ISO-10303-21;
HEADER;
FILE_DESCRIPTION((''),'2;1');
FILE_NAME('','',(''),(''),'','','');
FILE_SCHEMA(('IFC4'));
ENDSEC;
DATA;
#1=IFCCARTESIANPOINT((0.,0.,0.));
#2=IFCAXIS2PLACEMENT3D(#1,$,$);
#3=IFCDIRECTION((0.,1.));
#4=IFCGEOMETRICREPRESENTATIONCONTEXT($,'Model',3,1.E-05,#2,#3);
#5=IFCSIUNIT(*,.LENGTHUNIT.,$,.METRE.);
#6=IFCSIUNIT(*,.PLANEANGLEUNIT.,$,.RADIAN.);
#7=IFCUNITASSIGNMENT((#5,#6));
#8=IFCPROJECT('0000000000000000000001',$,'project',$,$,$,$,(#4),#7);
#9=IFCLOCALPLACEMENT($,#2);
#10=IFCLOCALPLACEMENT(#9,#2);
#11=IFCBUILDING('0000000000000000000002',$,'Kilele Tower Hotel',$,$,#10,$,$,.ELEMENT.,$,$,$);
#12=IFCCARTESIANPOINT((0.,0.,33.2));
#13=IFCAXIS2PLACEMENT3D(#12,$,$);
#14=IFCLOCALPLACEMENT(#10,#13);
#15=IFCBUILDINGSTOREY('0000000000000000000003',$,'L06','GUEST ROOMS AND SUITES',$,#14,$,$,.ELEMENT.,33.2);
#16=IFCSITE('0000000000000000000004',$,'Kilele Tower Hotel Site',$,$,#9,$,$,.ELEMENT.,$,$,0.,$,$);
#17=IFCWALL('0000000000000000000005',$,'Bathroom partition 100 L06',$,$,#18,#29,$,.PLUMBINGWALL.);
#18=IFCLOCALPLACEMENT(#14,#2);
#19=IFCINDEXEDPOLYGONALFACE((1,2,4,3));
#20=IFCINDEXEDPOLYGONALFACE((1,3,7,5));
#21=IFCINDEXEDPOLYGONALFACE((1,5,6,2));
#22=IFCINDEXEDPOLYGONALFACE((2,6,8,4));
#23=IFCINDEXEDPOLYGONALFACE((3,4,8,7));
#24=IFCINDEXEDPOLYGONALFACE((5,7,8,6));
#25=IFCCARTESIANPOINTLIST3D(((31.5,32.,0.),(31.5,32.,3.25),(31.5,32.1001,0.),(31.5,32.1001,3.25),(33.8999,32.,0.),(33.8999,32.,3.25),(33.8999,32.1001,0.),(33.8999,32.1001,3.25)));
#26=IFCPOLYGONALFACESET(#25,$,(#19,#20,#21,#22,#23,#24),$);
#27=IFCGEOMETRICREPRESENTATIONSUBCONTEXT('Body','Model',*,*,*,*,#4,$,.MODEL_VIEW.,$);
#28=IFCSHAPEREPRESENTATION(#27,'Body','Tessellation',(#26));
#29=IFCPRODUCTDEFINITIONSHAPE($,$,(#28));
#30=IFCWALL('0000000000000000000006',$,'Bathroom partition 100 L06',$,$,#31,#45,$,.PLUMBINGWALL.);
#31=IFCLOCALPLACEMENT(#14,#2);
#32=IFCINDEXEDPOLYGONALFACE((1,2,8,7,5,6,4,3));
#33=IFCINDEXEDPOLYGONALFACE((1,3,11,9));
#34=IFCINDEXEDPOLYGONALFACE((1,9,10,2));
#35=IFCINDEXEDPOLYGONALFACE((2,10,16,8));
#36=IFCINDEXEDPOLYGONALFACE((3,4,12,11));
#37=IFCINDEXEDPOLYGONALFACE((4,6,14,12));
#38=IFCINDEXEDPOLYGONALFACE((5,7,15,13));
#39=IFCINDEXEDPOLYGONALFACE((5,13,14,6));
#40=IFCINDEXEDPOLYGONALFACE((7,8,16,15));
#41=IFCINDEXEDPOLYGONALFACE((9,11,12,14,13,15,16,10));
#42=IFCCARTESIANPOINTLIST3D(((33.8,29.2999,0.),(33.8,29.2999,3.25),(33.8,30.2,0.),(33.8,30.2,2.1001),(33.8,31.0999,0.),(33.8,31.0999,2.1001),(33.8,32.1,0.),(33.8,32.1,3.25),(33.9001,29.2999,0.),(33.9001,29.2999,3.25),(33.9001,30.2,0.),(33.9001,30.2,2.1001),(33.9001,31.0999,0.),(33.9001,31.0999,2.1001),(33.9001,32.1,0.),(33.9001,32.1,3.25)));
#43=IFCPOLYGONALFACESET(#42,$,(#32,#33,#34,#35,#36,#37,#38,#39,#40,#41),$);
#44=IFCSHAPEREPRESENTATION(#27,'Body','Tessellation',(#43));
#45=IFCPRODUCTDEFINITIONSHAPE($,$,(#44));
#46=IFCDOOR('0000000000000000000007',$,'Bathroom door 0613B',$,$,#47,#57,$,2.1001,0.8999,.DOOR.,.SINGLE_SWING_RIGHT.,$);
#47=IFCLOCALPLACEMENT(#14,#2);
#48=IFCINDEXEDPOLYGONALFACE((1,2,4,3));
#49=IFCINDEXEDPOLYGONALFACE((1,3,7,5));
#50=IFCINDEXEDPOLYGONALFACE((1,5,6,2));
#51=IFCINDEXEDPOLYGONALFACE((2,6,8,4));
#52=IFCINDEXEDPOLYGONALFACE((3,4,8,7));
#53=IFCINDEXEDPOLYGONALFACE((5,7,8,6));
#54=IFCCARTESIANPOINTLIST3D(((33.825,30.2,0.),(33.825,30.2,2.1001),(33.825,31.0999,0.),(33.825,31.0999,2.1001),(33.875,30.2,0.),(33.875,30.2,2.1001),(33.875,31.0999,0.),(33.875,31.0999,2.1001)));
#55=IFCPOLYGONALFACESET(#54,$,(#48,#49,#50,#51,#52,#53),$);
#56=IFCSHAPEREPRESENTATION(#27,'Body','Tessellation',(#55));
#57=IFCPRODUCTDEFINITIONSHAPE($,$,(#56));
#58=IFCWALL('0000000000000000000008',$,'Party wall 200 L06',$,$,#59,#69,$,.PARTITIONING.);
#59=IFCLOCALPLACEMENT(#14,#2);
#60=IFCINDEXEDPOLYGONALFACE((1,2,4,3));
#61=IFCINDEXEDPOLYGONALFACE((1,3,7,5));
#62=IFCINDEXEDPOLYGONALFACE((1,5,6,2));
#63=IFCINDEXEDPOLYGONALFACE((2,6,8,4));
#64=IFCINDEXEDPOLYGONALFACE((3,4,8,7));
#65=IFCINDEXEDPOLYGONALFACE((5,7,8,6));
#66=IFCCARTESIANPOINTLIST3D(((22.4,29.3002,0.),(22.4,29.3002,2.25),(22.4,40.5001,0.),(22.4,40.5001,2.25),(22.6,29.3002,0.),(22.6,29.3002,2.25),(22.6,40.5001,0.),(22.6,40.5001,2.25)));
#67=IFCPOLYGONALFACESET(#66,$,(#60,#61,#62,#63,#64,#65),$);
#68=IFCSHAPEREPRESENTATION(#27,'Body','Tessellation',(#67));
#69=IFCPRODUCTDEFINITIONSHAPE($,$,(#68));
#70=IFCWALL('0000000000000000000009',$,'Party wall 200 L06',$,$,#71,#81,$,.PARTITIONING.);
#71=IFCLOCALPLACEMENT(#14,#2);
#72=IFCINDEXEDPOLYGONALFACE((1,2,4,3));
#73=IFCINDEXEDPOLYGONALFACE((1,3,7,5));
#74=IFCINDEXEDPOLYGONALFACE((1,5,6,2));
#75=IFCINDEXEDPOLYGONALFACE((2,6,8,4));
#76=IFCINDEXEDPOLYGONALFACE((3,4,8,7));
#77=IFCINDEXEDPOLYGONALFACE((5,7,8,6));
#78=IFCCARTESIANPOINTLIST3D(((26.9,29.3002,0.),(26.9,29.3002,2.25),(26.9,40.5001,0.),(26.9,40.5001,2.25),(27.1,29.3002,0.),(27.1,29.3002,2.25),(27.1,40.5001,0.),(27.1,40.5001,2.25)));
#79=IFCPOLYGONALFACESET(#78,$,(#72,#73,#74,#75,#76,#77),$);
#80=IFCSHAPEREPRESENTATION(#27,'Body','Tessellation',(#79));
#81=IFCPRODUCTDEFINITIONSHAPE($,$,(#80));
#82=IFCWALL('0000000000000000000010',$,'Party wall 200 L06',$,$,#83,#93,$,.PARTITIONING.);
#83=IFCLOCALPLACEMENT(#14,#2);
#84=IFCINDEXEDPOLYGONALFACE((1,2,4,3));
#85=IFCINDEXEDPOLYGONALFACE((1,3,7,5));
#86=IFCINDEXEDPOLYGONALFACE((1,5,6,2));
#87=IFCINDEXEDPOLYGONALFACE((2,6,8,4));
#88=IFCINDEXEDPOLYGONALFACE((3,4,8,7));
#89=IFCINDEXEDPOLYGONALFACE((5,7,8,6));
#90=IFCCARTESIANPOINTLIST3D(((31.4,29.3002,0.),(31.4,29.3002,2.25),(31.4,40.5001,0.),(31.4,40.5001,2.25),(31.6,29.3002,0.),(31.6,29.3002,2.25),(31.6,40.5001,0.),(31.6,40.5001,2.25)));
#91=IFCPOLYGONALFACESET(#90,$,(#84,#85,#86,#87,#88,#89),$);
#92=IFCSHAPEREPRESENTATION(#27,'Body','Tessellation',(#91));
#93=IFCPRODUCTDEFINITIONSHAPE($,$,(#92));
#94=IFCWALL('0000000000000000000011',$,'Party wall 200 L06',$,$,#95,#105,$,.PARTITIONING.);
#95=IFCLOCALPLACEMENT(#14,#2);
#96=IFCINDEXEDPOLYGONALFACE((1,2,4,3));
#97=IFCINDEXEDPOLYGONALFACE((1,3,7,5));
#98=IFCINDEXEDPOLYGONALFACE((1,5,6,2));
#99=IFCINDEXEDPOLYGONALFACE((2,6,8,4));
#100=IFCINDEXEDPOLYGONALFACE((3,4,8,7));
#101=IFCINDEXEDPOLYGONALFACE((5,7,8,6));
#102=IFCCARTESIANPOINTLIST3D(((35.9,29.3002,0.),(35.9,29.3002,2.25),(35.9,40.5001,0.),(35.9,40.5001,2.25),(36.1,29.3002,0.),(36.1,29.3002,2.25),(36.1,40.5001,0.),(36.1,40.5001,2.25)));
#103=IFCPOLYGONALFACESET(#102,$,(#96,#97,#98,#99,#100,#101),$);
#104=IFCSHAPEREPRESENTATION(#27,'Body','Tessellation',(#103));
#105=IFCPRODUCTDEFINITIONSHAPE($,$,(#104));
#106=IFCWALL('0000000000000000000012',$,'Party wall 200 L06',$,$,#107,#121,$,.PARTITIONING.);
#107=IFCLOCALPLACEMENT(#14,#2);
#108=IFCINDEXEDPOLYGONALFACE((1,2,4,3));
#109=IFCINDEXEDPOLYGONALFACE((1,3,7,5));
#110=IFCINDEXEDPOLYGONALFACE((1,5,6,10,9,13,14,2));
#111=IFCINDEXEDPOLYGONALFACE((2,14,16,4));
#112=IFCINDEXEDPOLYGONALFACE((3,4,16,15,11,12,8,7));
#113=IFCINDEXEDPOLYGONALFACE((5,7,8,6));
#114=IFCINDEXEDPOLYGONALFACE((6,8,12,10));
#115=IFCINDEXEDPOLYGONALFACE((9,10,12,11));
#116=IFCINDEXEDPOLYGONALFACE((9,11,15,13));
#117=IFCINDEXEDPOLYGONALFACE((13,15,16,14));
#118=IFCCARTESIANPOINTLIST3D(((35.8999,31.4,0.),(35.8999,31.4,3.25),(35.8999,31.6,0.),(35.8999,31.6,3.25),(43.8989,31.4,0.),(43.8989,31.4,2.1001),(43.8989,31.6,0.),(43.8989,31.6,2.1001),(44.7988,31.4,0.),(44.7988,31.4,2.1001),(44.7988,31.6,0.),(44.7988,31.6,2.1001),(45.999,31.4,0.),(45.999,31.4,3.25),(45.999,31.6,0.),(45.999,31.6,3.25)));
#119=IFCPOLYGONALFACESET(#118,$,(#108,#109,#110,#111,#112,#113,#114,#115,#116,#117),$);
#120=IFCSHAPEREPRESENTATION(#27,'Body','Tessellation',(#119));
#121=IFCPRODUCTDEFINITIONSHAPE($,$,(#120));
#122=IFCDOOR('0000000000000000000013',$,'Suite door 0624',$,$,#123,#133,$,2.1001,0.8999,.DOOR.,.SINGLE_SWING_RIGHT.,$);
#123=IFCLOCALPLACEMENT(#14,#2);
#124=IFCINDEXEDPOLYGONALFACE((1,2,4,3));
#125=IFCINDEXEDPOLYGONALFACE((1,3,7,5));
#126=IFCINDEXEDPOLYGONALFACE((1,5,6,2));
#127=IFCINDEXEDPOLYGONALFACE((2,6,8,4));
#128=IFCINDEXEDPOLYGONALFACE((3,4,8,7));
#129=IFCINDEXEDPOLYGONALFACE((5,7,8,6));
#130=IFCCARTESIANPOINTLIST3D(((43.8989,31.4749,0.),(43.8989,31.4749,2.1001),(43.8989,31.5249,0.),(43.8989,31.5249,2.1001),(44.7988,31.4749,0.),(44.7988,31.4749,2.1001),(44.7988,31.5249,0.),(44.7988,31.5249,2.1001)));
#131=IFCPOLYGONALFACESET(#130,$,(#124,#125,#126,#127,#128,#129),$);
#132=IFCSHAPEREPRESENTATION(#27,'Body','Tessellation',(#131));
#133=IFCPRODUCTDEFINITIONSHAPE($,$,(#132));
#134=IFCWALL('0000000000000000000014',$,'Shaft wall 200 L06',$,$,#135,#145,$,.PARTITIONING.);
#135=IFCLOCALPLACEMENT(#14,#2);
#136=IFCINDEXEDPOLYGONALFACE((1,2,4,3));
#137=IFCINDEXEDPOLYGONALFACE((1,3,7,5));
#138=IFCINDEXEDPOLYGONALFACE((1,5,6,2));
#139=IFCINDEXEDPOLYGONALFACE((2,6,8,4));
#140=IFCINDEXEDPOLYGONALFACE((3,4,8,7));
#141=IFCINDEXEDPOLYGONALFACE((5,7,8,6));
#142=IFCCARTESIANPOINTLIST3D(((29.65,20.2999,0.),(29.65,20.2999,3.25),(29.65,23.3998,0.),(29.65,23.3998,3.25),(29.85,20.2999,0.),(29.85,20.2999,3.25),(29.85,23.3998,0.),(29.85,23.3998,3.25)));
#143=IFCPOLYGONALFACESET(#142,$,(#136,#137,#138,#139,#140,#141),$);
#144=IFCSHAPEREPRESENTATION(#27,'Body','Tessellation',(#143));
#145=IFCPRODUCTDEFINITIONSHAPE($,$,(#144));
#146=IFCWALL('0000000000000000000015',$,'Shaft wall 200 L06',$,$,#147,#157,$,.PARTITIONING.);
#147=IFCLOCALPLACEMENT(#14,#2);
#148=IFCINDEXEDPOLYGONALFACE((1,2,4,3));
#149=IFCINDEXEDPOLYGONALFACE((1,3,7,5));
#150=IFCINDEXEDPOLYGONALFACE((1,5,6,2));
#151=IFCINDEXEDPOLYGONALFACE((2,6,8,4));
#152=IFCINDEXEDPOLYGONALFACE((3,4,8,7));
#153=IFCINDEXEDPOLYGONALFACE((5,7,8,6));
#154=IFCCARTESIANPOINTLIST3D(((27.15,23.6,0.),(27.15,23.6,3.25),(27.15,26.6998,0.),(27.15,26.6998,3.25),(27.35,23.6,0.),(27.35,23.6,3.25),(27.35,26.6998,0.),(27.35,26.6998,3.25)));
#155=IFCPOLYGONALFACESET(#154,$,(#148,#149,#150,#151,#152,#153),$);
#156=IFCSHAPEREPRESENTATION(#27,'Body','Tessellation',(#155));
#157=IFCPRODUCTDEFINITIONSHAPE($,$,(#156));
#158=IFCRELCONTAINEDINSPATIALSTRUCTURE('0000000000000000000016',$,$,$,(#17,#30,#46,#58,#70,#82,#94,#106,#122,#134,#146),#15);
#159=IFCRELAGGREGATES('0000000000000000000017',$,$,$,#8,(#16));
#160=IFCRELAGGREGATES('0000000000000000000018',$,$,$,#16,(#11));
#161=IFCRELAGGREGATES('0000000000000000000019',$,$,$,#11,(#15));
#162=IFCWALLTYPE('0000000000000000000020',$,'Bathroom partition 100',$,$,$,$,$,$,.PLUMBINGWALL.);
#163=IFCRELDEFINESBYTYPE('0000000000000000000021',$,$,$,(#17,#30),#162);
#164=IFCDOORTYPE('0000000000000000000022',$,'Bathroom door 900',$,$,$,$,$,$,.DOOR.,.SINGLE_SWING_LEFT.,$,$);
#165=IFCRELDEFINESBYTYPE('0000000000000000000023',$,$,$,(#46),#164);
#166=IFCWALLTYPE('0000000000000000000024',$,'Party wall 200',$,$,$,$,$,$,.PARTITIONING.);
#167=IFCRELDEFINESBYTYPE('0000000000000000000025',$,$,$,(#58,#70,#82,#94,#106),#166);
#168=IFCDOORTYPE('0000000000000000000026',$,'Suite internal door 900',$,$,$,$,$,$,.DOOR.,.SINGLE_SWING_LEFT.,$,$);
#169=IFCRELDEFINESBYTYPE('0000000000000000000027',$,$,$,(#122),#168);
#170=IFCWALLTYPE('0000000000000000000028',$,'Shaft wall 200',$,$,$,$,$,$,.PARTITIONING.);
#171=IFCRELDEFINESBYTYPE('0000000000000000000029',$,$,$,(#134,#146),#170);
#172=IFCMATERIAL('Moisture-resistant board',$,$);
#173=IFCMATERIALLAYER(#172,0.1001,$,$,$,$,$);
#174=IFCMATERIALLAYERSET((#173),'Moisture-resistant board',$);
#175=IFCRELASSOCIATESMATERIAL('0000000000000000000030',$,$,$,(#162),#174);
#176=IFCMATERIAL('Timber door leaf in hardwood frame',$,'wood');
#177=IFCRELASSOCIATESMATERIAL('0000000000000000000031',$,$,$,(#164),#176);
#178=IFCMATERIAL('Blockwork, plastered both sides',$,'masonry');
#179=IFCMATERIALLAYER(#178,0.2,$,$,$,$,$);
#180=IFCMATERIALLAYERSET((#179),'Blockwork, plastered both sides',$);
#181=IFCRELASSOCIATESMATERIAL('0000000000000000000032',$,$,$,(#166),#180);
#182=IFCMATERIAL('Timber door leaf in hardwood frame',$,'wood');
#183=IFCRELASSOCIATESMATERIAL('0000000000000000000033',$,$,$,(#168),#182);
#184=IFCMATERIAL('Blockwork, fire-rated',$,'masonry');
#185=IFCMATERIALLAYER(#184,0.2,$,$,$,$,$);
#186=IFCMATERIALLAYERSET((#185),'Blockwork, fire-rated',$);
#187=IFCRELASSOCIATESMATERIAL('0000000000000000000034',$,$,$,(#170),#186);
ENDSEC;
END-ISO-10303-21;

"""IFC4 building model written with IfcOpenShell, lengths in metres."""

from ifc_helpers import new_model, si_unit, direction, frame, frame_2d, origin, place, context, subcontext, project, spatial, rectangle, extrude, material, layer, layer_set, type_object, element, fill, save


model = new_model("IFC4")

# Units and contexts
model_context = context("Model", 3, precision=1e-05, world=origin(), true_north=direction((0.0, 1.0)))
body_context = subcontext(model_context, "Body", "Model", "MODEL_VIEW")
ifc_project = project(units=[si_unit("LENGTHUNIT", "METRE"), si_unit("PLANEANGLEUNIT", "RADIAN")], contexts=[model_context])

# Site, building, storey
site_placement = place(None, origin())
site = spatial("IfcSite", under=ifc_project, at=site_placement, Name="Kilele Tower Hotel Site", CompositionType="ELEMENT", RefElevation=0.0)
building_placement = place(site_placement, origin())
building = spatial("IfcBuilding", under=site, at=building_placement, Name="Kilele Tower Hotel", CompositionType="ELEMENT")
storey_placement = place(building_placement, frame((0.0, 0.0, 33.2)))
storey = spatial("IfcBuildingStorey", under=building, at=storey_placement, Name="L06", Description="GUEST ROOMS AND SUITES", CompositionType="ELEMENT", Elevation=33.2)

# Shared definitions
ifc_material_1 = material(Name="Moisture-resistant board")
ifc_layer_1 = layer(ifc_material_1, 0.1001)
ifc_layer_set_1 = layer_set([ifc_layer_1], Name="Moisture-resistant board")
wall_type_1 = type_object("IfcWallType", Name="Bathroom partition 100", PredefinedType="PLUMBINGWALL", material=ifc_layer_set_1)

# Shared definitions
ifc_material_2 = material(Name="Timber door leaf in hardwood frame", Category="wood")
door_type_1 = type_object("IfcDoorType", Name="Bathroom door 900", OperationType="SINGLE_SWING_LEFT", PredefinedType="DOOR", material=ifc_material_2)

# Wall
wall_1_placement = place(storey_placement, frame((31.5, 32.05, 0.0), z_axis=(0.0, 0.0, 1.0), x_axis=(1.0, 0.0, 0.0)))
element("IfcWall", 1, at=wall_1_placement, inside=storey, type_object=wall_type_1, Name="Bathroom partition 100 L06", PredefinedType="PLUMBINGWALL", context=body_context, shape_type="SweptSolid", body=[
    extrude(rectangle(XDim=2.3999, YDim=0.1001, at=frame_2d((1.2, 0.0))), origin(), (0.0, 0.0, 1.0), 3.25),
])

# Wall, opening, door
wall_2_placement = place(storey_placement, frame((33.8501, 29.3, 0.0), z_axis=(0.0, 0.0, 1.0), x_axis=(0.0, 1.0, 0.0)))
wall_2 = element("IfcWall", 2, at=wall_2_placement, inside=storey, type_object=wall_type_1, Name="Bathroom partition 100 L06", PredefinedType="PLUMBINGWALL", context=body_context, shape_type="SweptSolid", body=[
    extrude(rectangle(XDim=2.8, YDim=0.1001, at=frame_2d((1.3999, 0.0))), origin(), (0.0, 0.0, 1.0), 3.25),
])
opening_1_placement = place(wall_2_placement, frame((1.7998, 0.0, 0.0), z_axis=(0.0, 0.0, 1.0), x_axis=(-1.0, 0.0, 0.0)))
opening_1 = element("IfcOpeningElement", 3, at=opening_1_placement, cuts=wall_2, PredefinedType="OPENING", context=body_context, shape_type="SweptSolid", body=[
    extrude(rectangle(XDim=0.8999, YDim=2.1001, at=frame_2d((0.45, 1.05))), frame((0.0, 0.0601, 0.0), z_axis=(0.0, -1.0, 0.0), x_axis=(1.0, 0.0, 0.0)), (0.0, 0.0, 1.0), 0.1201),
])
door_1_placement = place(opening_1_placement, origin())
door_1 = element("IfcDoor", 4, at=door_1_placement, inside=storey, type_object=door_type_1, Name="Bathroom door 0613B", OperationType="SINGLE_SWING_RIGHT", OverallHeight=2.1001, OverallWidth=0.8999, PredefinedType="DOOR", context=body_context, shape_type="SweptSolid", body=[
    extrude(rectangle(XDim=0.8999, YDim=2.1001, at=frame_2d((0.45, 1.05))), frame((0.0, 0.0249, 0.0), z_axis=(0.0, -1.0, 0.0), x_axis=(1.0, 0.0, 0.0)), (0.0, 0.0, 1.0), 0.05),
])
fill(opening_1, door_1)

# Walls
ifc_material_3 = material(Name="Blockwork, plastered both sides", Category="masonry")
ifc_layer_2 = layer(ifc_material_3, 0.2)
ifc_layer_set_2 = layer_set([ifc_layer_2], Name="Blockwork, plastered both sides")
wall_type_2 = type_object("IfcWallType", Name="Party wall 200", PredefinedType="PARTITIONING", material=ifc_layer_set_2)
for number, where, z_axis, x_axis, name in (
    (5, (22.5, 29.3, 0.0), (0.0, 0.0, 1.0), (0.0, 1.0, 0.0), "Party wall 200 L06"),
    (6, (27.0, 29.3, 0.0), (0.0, 0.0, 1.0), (0.0, 1.0, 0.0), "Party wall 200 L06"),
    (7, (31.5, 29.3, 0.0), (0.0, 0.0, 1.0), (0.0, 1.0, 0.0), "Party wall 200 L06"),
    (8, (36.0, 29.3, 0.0), (0.0, 0.0, 1.0), (0.0, 1.0, 0.0), "Party wall 200 L06"),
):
    element("IfcWall", number, at=place(storey_placement, frame(where, z_axis=z_axis, x_axis=x_axis)), inside=storey, type_object=wall_type_2, Name=name, PredefinedType="PARTITIONING", context=body_context, shape_type="SweptSolid", body=[
        extrude(rectangle(XDim=11.2, YDim=0.2, at=frame_2d((5.6001, 0.0))), origin(), (0.0, 0.0, 1.0), 2.25),
    ])

# Wall, opening, door
wall_3_placement = place(storey_placement, frame((35.8999, 31.5, 0.0), z_axis=(0.0, 0.0, 1.0), x_axis=(1.0, 0.0, 0.0)))
wall_3 = element("IfcWall", 9, at=wall_3_placement, inside=storey, type_object=wall_type_2, Name="Party wall 200 L06", PredefinedType="PARTITIONING", context=body_context, shape_type="SweptSolid", body=[
    extrude(rectangle(XDim=10.0991, YDim=0.2, at=frame_2d((5.0496, 0.0))), origin(), (0.0, 0.0, 1.0), 3.25),
])
opening_2_placement = place(wall_3_placement, frame((7.999, 0.0, 0.0)))
opening_2 = element("IfcOpeningElement", 10, at=opening_2_placement, cuts=wall_3, PredefinedType="OPENING", context=body_context, shape_type="SweptSolid", body=[
    extrude(rectangle(XDim=0.8999, YDim=2.1001, at=frame_2d((0.45, 1.05))), frame((0.0, 0.1099, 0.0), z_axis=(0.0, -1.0, 0.0), x_axis=(1.0, 0.0, 0.0)), (0.0, 0.0, 1.0), 0.22),
])
ifc_material_4 = material(Name="Timber door leaf in hardwood frame", Category="wood")
door_type_2 = type_object("IfcDoorType", Name="Suite internal door 900", OperationType="SINGLE_SWING_LEFT", PredefinedType="DOOR", material=ifc_material_4)
door_2_placement = place(opening_2_placement, origin())
door_2 = element("IfcDoor", 11, at=door_2_placement, inside=storey, type_object=door_type_2, Name="Suite door 0624", OperationType="SINGLE_SWING_RIGHT", OverallHeight=2.1001, OverallWidth=0.8999, PredefinedType="DOOR", context=body_context, shape_type="SweptSolid", body=[
    extrude(rectangle(XDim=0.8999, YDim=2.1001, at=frame_2d((0.45, 1.05))), frame((0.0, 0.0249, 0.0), z_axis=(0.0, -1.0, 0.0), x_axis=(1.0, 0.0, 0.0)), (0.0, 0.0, 1.0), 0.05),
])
fill(opening_2, door_2)

# Walls
ifc_material_5 = material(Name="Blockwork, fire-rated", Category="masonry")
ifc_layer_3 = layer(ifc_material_5, 0.2)
ifc_layer_set_3 = layer_set([ifc_layer_3], Name="Blockwork, fire-rated")
wall_type_3 = type_object("IfcWallType", Name="Shaft wall 200", PredefinedType="PARTITIONING", material=ifc_layer_set_3)
for number, where, z_axis, x_axis, name in (
    (12, (29.75, 20.3, 0.0), (0.0, 0.0, 1.0), (0.0, 1.0, 0.0), "Shaft wall 200 L06"),
    (13, (27.25, 23.6001, 0.0), (0.0, 0.0, 1.0), (0.0, 1.0, 0.0), "Shaft wall 200 L06"),
):
    element("IfcWall", number, at=place(storey_placement, frame(where, z_axis=z_axis, x_axis=x_axis)), inside=storey, type_object=wall_type_3, Name=name, PredefinedType="PARTITIONING", context=body_context, shape_type="SweptSolid", body=[
        extrude(rectangle(XDim=3.0999, YDim=0.2, at=frame_2d((1.5498, 0.0))), origin(), (0.0, 0.0, 1.0), 3.25),
    ])

save(model, "model.ifc")
